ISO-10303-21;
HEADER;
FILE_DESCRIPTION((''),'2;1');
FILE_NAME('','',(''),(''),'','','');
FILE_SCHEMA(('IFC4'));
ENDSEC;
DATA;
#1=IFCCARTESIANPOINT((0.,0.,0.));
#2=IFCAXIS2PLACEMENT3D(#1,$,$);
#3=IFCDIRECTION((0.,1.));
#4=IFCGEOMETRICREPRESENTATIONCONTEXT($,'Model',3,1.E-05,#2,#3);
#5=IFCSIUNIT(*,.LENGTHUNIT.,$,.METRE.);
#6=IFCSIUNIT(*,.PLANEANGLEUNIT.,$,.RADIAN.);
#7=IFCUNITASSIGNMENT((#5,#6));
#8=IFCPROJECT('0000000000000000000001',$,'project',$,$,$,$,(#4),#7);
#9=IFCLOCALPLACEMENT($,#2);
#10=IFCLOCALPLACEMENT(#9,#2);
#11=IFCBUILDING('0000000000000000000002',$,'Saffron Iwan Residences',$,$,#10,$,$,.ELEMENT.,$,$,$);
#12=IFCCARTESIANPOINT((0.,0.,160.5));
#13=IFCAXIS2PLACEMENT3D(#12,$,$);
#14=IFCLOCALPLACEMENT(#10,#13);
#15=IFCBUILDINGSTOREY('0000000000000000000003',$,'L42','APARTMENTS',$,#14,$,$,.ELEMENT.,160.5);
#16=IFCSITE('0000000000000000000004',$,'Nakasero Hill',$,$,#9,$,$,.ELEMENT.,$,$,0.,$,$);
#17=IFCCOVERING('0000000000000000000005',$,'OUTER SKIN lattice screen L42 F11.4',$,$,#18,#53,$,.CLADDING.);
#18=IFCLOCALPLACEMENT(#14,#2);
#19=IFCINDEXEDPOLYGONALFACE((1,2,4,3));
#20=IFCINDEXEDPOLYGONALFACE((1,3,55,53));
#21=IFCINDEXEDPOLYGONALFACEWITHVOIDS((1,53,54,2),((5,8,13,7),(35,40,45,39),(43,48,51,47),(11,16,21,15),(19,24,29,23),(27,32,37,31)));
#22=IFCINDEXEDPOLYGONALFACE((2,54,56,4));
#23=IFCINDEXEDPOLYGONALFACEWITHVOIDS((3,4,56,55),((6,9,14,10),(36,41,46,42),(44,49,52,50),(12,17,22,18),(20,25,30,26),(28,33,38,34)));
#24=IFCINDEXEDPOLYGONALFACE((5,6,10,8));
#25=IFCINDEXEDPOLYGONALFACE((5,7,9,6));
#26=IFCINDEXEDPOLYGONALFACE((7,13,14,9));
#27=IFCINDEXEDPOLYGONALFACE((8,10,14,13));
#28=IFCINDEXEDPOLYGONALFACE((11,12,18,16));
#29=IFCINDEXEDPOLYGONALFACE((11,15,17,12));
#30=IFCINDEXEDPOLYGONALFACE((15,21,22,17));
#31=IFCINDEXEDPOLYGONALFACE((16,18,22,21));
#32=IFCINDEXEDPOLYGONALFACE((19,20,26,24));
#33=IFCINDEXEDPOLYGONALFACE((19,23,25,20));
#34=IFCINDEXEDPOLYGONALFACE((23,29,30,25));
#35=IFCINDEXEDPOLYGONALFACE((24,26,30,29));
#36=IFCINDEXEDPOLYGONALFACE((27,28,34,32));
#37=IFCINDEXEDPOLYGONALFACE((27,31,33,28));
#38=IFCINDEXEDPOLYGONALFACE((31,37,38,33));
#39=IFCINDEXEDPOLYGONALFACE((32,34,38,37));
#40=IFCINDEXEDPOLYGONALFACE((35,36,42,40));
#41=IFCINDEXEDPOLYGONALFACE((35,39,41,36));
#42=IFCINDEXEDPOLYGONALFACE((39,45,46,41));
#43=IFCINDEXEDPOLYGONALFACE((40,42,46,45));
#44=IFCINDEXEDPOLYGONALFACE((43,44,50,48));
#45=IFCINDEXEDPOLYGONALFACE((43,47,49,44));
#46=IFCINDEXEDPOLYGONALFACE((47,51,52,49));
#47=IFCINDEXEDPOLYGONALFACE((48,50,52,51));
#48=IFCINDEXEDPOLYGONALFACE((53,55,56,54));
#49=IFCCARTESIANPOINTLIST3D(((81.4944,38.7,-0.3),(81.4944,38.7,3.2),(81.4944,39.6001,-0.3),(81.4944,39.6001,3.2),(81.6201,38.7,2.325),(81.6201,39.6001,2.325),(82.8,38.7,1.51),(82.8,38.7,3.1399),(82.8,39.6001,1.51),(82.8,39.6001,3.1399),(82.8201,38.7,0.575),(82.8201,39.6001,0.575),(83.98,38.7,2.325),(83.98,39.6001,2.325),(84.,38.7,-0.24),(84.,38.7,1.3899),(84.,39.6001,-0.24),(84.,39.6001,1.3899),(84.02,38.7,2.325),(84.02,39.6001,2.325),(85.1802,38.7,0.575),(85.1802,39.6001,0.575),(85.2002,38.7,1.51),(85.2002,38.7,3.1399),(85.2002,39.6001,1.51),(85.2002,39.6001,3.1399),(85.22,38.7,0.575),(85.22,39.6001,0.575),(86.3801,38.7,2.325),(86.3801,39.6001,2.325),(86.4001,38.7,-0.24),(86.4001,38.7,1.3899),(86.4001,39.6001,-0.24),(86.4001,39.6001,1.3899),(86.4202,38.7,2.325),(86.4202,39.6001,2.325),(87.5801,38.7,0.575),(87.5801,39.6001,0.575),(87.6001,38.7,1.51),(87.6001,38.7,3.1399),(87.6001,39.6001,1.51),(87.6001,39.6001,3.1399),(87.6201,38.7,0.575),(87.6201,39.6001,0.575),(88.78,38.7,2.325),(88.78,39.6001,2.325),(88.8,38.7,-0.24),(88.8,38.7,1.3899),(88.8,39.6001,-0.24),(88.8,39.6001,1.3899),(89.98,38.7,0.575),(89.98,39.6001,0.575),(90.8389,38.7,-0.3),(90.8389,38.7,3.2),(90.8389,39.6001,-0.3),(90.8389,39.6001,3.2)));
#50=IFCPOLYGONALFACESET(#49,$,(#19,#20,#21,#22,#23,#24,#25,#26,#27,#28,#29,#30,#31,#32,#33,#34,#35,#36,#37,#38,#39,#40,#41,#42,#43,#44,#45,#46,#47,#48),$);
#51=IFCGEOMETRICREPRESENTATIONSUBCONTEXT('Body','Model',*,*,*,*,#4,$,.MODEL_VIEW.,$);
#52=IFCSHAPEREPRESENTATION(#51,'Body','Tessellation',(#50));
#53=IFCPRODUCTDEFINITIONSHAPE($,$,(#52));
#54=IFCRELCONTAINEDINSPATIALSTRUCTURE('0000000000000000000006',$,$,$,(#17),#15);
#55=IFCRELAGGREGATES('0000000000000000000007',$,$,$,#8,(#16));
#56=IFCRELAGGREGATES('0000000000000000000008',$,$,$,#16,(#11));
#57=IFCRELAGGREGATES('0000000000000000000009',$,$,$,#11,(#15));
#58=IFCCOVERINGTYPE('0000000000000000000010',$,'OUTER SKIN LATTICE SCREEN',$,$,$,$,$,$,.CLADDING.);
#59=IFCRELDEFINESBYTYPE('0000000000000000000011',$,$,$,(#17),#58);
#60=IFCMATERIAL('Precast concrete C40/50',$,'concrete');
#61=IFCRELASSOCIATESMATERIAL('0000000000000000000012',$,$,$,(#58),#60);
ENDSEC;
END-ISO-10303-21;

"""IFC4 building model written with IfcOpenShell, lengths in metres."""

from ifc_helpers import new_model, si_unit, direction, frame, origin, place, context, subcontext, project, spatial, polyline, outline, extrude, material, type_object, element, save


model = new_model("IFC4")

# Units and contexts
model_context = context("Model", 3, precision=1e-05, world=origin(), true_north=direction((0.0, 1.0)))
body_context = subcontext(model_context, "Body", "Model", "MODEL_VIEW")
ifc_project = project(units=[si_unit("LENGTHUNIT", "METRE"), si_unit("PLANEANGLEUNIT", "RADIAN")], contexts=[model_context])

# Site, building, storey
site_placement = place(None, origin())
site = spatial("IfcSite", under=ifc_project, at=site_placement, Name="Nakasero Hill", CompositionType="ELEMENT", RefElevation=0.0)
building_placement = place(site_placement, origin())
building = spatial("IfcBuilding", under=site, at=building_placement, Name="Saffron Iwan Residences", CompositionType="ELEMENT")
storey_placement = place(building_placement, frame((0.0, 0.0, 160.5)))
storey = spatial("IfcBuildingStorey", under=building, at=storey_placement, Name="L42", Description="APARTMENTS", CompositionType="ELEMENT", Elevation=160.5)

# Covering
ifc_material_1 = material(Name="Precast concrete C40/50", Category="concrete")
covering_type = type_object("IfcCoveringType", Name="OUTER SKIN LATTICE SCREEN", PredefinedType="CLADDING", material=ifc_material_1)
covering_1_placement = place(storey_placement, frame((81.4944, 39.6001, -0.3), z_axis=(0.0, -1.0, 0.0), x_axis=(1.0, 0.0, 0.0)))
element("IfcCovering", 1, at=covering_1_placement, inside=storey, type_object=covering_type, Name="OUTER SKIN lattice screen L42 F11.4", PredefinedType="CLADDING", context=body_context, shape_type="SweptSolid", body=[
    extrude(outline(polyline([(0.0, 0.0), (9.3445, 0.0), (9.3445, 3.5), (0.0, 3.5), (0.0, 0.0)]), holes=[polyline([(1.3257, 0.875), (2.5056, 0.0601), (3.6858, 0.875), (2.5056, 1.6899), (1.3257, 0.875)]), polyline([(3.7256, 0.875), (4.9058, 0.0601), (6.0857, 0.875), (4.9058, 1.6899), (3.7256, 0.875)]), polyline([(6.1257, 0.875), (7.3057, 0.0601), (8.4856, 0.875), (7.3057, 1.6899), (6.1257, 0.875)]), polyline([(0.1257, 2.625), (1.3057, 1.8101), (2.4856, 2.625), (1.3057, 3.4399), (0.1257, 2.625)]), polyline([(2.5256, 2.625), (3.7058, 1.8101), (4.8857, 2.625), (3.7058, 3.4399), (2.5256, 2.625)]), polyline([(4.9258, 2.625), (6.1057, 1.8101), (7.2856, 2.625), (6.1057, 3.4399), (4.9258, 2.625)])]), origin(), (0.0, 0.0, 1.0), 0.9001),
])

save(model, "model.ifc")
